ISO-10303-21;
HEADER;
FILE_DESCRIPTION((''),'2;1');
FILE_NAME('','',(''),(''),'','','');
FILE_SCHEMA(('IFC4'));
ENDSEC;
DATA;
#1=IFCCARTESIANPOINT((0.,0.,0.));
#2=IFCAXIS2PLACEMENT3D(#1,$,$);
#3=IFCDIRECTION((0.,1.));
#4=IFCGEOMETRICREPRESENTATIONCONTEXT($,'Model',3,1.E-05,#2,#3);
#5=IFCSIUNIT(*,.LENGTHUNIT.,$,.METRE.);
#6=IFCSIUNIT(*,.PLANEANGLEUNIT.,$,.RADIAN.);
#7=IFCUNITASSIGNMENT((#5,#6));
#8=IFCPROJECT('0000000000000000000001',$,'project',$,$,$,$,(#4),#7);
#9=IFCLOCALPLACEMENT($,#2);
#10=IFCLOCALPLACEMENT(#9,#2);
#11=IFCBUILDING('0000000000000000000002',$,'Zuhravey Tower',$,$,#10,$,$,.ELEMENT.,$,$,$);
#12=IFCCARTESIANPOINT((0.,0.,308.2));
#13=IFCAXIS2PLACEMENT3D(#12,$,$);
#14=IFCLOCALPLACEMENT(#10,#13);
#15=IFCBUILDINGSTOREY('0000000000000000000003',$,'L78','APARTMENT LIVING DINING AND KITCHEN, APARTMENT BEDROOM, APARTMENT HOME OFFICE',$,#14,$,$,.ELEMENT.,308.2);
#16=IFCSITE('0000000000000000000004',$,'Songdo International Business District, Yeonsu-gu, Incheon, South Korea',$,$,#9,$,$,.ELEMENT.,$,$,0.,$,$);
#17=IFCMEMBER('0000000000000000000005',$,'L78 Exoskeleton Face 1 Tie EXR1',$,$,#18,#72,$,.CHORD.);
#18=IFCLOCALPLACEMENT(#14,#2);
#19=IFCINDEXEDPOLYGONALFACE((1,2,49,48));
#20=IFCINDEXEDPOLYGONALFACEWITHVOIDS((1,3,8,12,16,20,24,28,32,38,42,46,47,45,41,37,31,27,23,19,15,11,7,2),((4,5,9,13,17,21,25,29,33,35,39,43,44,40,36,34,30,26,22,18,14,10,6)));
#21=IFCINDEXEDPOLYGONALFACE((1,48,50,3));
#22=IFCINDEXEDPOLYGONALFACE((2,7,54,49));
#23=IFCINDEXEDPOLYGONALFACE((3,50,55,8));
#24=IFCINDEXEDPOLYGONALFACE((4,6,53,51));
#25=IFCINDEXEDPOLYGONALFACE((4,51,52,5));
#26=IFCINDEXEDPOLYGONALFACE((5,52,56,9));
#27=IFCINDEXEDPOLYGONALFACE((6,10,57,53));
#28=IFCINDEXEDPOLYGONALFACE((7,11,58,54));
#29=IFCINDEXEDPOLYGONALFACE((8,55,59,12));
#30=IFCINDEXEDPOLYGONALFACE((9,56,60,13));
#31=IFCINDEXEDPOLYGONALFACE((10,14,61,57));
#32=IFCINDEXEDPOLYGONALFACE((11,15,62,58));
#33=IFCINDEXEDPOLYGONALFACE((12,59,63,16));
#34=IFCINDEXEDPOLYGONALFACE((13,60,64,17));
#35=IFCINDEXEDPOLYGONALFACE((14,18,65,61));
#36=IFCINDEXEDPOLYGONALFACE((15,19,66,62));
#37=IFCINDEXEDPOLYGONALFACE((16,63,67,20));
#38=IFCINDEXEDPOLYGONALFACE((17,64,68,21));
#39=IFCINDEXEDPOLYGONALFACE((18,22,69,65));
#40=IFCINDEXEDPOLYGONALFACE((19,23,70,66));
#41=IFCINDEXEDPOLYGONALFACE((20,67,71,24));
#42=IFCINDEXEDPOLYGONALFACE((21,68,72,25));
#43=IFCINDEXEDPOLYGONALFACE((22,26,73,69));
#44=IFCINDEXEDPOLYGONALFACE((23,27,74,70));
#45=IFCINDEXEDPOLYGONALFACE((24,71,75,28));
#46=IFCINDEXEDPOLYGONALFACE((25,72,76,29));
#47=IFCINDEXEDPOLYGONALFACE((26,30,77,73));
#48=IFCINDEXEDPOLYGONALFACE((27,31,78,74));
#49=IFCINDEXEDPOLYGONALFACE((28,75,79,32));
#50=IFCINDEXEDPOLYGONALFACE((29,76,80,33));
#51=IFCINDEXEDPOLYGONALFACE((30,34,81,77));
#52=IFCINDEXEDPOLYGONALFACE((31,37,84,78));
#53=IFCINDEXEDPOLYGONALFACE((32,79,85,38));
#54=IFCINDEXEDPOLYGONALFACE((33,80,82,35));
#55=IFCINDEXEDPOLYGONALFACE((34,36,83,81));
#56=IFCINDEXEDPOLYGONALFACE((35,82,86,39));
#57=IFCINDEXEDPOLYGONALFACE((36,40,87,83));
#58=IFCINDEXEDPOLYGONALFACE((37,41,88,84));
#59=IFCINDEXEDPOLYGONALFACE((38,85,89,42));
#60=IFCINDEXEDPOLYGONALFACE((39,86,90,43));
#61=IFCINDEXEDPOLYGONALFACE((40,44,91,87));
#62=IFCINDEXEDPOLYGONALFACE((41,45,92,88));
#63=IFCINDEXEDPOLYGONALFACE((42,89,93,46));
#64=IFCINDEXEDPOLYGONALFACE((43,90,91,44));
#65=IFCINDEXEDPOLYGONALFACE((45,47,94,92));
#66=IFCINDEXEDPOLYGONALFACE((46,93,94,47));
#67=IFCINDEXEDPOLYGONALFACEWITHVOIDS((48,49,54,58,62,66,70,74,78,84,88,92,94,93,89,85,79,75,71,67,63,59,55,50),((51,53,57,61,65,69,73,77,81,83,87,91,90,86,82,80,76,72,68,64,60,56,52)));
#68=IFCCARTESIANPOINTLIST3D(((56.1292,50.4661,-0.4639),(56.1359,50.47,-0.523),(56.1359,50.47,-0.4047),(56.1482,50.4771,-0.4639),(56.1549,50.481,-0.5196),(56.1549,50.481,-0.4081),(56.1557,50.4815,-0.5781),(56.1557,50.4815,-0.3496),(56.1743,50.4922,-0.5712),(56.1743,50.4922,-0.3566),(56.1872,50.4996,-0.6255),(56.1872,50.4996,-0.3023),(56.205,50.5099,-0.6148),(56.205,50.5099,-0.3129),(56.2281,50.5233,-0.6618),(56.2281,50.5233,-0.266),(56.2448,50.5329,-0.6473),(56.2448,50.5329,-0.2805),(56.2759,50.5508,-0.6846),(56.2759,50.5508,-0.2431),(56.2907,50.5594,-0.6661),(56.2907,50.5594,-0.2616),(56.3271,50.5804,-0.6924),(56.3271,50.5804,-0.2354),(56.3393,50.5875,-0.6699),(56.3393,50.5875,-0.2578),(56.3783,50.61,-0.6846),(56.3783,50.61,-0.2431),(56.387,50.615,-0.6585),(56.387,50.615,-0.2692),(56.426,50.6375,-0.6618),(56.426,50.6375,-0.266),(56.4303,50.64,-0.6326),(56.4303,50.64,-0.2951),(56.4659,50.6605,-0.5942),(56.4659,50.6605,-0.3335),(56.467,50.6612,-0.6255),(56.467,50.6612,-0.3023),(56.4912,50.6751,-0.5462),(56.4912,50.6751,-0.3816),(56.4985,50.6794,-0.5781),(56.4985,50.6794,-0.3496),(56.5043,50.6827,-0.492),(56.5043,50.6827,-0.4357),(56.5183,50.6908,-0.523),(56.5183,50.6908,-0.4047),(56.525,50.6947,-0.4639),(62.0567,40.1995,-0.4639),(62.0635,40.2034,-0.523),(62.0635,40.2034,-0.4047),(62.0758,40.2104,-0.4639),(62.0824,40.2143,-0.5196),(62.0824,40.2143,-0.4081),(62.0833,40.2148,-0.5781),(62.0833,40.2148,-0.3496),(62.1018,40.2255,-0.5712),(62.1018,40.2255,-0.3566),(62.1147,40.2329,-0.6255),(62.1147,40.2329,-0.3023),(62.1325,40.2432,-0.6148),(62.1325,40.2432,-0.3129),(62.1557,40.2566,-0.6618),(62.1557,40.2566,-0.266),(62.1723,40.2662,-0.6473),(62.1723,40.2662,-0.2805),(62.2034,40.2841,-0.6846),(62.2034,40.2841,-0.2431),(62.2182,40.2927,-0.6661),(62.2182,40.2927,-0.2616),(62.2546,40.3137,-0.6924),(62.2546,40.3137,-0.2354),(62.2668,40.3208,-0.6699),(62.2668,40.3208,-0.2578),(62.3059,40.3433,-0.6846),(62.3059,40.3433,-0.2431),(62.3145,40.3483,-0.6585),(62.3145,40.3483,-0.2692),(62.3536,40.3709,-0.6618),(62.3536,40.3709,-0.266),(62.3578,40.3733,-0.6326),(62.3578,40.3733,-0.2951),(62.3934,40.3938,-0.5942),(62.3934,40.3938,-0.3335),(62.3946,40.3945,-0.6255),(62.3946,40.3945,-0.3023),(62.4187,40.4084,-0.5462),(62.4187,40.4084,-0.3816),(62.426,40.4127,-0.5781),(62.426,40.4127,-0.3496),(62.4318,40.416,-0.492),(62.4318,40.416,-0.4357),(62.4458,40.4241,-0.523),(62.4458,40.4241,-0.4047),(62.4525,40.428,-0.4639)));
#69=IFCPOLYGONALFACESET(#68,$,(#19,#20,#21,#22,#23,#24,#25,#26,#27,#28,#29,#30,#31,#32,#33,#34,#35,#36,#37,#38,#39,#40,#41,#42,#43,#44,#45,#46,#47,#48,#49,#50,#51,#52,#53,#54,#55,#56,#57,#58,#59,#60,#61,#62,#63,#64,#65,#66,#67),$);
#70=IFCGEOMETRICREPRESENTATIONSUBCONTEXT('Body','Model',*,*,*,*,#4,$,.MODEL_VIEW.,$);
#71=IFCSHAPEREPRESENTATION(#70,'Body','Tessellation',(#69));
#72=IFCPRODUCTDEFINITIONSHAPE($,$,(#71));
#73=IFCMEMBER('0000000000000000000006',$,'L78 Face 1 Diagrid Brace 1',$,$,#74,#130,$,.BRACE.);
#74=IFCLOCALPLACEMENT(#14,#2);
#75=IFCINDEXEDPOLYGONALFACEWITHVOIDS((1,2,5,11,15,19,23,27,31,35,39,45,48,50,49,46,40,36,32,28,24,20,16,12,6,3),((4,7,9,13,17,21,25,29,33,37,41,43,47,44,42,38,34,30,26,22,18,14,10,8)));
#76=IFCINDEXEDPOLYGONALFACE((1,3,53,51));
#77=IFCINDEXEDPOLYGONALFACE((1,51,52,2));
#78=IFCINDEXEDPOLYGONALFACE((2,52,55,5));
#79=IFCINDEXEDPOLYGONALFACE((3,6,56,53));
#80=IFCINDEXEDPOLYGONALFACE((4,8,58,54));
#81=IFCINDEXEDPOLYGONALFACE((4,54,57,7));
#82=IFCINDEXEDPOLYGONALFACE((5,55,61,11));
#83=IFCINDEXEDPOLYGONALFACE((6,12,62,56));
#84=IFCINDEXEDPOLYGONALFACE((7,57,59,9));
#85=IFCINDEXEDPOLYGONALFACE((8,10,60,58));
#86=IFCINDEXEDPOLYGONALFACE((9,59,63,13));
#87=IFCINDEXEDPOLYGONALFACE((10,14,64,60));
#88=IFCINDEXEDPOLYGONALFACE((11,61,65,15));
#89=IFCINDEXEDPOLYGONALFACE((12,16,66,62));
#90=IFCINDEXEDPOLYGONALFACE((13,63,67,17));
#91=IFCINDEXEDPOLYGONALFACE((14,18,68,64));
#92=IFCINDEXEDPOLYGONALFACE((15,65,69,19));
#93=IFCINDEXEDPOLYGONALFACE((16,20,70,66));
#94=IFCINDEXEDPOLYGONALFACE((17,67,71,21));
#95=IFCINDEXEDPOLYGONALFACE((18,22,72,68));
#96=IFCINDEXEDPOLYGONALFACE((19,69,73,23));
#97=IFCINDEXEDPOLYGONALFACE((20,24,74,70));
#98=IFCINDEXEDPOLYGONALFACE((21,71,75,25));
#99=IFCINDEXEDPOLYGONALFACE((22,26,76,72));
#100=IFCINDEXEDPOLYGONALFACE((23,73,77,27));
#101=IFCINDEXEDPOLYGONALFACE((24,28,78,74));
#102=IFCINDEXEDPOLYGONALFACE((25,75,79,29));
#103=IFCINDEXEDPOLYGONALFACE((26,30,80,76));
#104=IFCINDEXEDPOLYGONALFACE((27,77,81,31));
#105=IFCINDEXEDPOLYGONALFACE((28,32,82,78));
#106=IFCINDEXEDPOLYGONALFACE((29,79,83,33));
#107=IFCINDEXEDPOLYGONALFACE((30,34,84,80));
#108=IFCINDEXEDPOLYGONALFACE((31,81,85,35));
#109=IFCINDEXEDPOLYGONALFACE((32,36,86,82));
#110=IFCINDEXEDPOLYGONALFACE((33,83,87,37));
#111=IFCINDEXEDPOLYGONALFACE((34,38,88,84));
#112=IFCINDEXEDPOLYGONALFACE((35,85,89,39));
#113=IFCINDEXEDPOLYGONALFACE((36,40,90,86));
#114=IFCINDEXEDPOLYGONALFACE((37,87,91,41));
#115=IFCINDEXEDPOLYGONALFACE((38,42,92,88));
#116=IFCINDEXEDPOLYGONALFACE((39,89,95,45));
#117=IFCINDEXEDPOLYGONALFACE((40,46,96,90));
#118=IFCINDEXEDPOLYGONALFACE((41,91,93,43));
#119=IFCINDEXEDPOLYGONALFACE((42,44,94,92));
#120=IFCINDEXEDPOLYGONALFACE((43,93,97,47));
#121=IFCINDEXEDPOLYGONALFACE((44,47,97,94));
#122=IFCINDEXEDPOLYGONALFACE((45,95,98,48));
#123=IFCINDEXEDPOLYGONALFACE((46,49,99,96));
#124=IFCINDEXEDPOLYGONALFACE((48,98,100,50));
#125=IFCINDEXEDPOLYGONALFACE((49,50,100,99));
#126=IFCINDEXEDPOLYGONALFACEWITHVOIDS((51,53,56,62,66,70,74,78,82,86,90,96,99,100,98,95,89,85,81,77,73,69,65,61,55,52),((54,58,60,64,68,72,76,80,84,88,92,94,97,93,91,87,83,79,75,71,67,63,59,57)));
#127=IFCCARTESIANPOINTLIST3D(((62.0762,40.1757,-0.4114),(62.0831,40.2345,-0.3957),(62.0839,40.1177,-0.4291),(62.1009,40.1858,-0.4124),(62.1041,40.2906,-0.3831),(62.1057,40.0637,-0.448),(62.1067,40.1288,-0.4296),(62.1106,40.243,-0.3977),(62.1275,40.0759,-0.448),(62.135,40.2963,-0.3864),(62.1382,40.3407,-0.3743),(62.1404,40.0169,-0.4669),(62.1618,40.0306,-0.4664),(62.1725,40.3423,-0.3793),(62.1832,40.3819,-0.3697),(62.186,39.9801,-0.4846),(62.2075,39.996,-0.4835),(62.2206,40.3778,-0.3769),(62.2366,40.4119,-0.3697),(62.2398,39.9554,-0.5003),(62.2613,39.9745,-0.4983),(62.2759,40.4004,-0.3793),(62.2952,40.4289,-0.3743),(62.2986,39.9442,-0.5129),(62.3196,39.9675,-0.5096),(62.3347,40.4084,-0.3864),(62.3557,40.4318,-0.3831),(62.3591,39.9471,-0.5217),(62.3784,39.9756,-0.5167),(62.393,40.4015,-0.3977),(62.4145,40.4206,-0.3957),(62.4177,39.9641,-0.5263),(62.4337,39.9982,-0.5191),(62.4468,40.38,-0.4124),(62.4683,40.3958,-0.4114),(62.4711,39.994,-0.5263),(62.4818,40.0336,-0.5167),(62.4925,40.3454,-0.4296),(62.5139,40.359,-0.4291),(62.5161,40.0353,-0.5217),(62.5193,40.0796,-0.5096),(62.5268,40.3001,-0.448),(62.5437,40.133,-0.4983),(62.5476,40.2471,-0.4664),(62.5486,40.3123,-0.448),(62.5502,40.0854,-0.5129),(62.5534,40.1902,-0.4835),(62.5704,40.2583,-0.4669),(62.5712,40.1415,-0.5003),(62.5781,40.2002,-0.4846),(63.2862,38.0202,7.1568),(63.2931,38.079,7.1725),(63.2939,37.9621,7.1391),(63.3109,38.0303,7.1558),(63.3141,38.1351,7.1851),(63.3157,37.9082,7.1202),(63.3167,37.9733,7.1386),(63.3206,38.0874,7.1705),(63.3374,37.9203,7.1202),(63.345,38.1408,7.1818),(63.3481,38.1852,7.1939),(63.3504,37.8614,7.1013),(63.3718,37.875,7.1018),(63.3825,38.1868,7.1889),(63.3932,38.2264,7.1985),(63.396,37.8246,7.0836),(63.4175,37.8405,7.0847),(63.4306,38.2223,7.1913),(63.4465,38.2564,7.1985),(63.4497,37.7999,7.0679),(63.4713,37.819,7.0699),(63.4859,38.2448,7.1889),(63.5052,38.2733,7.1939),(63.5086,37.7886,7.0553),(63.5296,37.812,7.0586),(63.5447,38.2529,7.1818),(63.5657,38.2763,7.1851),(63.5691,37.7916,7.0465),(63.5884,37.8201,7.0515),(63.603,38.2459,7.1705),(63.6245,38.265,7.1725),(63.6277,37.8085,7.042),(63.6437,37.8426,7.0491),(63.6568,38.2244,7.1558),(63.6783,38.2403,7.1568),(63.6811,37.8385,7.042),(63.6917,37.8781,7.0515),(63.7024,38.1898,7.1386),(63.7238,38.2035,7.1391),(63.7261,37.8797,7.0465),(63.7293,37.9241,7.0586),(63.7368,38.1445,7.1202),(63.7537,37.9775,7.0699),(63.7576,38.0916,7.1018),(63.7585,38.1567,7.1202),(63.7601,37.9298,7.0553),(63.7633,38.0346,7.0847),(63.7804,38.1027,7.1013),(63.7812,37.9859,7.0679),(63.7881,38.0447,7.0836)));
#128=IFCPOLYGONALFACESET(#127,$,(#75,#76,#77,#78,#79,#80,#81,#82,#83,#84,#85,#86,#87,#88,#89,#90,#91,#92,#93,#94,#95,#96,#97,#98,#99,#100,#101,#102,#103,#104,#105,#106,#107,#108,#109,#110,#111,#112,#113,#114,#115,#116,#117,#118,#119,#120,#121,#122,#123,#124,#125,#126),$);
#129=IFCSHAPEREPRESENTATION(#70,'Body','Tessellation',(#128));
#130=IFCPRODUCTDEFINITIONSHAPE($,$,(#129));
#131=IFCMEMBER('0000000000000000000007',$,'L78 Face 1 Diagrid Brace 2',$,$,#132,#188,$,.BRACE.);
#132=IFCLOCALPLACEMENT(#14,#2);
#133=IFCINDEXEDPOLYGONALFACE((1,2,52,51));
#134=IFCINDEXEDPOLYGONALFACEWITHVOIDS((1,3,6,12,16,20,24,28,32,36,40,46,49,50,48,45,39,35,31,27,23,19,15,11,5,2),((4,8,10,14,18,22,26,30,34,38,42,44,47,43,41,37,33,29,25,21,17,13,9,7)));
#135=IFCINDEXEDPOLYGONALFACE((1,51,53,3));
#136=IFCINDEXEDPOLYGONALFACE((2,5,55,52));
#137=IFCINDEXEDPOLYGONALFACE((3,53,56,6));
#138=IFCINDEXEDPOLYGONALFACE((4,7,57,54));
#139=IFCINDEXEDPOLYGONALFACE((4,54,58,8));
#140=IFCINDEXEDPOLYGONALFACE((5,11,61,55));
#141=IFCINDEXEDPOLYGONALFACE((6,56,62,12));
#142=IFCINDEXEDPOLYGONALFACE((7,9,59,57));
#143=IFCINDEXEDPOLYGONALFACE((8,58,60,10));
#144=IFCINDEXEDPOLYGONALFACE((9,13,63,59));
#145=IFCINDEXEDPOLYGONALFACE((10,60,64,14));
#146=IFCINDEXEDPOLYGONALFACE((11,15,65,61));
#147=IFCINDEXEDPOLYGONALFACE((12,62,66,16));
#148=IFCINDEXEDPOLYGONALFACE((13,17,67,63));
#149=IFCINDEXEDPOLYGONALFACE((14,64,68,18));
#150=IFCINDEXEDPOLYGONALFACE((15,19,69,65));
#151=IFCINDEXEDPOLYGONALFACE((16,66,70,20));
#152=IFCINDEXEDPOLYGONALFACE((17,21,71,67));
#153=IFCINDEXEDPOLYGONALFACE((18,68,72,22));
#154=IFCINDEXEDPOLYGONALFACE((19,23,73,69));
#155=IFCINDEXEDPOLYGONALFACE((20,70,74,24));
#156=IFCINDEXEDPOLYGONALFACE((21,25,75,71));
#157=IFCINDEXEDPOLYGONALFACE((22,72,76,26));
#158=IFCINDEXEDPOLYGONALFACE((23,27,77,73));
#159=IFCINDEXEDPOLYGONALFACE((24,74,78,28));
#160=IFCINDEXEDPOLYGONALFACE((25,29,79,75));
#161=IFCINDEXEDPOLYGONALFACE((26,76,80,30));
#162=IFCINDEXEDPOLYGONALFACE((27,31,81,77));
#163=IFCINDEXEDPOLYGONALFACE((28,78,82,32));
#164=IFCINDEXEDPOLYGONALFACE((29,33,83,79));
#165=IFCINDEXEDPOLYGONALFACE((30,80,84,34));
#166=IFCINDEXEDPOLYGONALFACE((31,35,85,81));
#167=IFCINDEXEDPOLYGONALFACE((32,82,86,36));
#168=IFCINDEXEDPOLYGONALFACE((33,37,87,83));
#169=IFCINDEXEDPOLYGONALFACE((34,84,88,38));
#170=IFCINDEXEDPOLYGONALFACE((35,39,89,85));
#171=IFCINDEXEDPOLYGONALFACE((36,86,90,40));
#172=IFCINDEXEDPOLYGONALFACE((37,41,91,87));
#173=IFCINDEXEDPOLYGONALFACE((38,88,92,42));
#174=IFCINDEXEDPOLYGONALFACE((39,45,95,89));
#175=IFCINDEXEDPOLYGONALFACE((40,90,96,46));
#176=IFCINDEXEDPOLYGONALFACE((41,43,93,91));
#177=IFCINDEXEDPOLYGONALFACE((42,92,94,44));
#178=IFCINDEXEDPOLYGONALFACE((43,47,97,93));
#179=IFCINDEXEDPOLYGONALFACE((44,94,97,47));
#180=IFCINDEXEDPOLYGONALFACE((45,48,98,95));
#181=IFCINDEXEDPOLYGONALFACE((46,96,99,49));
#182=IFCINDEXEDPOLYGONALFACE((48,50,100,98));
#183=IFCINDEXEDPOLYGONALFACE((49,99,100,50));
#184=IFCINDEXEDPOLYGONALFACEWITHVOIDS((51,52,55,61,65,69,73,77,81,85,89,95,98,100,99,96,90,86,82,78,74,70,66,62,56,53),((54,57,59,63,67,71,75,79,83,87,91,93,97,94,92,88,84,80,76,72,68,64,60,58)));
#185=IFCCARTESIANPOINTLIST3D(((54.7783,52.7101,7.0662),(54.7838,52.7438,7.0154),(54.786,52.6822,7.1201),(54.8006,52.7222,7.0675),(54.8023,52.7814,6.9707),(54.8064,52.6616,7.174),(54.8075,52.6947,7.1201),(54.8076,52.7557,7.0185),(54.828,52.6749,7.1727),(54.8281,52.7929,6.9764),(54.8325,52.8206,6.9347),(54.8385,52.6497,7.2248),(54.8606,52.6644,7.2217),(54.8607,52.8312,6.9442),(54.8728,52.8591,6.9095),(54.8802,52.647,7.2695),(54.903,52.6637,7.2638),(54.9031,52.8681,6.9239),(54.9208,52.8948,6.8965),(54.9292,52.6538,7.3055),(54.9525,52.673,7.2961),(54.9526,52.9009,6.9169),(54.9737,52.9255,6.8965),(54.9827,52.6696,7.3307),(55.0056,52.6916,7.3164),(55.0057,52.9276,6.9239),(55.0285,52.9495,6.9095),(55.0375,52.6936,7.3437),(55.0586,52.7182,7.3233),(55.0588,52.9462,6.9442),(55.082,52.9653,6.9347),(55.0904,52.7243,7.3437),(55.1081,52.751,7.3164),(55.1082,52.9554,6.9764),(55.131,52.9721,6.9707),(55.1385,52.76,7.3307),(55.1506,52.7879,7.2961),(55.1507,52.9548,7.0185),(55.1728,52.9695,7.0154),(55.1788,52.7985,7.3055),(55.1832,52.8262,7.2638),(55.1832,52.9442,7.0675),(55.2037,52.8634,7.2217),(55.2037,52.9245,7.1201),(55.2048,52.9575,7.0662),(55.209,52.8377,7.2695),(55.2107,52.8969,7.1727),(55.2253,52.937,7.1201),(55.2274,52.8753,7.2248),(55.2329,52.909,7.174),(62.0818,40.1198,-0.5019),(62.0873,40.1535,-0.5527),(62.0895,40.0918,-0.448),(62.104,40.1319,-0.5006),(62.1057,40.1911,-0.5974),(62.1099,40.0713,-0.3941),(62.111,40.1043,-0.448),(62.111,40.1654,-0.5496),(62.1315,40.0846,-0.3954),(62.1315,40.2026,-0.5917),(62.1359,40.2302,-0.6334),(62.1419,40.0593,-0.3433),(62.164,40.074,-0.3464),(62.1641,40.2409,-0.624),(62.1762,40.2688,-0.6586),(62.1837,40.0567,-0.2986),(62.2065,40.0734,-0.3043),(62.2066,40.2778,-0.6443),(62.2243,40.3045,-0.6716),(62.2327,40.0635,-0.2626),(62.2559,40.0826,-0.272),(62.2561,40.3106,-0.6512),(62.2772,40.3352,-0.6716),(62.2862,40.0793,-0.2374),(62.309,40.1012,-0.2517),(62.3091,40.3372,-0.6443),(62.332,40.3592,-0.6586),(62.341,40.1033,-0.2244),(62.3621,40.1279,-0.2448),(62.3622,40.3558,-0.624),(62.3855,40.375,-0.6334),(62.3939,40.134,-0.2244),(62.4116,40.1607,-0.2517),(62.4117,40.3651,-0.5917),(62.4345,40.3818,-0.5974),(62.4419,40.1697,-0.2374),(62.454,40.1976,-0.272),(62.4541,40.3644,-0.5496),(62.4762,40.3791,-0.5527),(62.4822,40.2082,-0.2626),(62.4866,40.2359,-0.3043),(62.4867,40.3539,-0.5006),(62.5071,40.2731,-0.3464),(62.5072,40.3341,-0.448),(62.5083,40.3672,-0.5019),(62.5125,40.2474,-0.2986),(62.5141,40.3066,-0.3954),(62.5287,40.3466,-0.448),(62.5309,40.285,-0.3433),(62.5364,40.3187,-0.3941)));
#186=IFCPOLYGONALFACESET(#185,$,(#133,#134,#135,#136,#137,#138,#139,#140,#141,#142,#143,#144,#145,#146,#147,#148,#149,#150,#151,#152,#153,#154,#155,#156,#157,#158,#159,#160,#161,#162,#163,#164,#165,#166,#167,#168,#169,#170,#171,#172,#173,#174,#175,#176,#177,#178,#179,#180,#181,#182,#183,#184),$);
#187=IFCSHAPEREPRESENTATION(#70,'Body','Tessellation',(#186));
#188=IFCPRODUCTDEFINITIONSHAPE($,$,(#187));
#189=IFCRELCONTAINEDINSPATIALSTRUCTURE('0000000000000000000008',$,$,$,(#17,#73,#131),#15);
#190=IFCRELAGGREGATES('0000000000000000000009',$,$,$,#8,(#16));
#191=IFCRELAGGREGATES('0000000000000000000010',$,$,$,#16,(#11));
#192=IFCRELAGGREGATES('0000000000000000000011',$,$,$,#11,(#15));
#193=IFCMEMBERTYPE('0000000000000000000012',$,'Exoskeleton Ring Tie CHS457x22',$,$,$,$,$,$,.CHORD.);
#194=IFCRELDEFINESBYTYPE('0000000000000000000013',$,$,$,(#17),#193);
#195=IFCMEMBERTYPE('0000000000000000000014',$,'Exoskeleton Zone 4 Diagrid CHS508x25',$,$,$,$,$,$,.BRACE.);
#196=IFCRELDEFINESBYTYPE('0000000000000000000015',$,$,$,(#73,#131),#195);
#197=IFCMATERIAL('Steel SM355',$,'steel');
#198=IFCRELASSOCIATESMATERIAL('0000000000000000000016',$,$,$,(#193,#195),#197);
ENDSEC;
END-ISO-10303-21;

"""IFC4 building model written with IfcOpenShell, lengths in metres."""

from ifc_helpers import new_model, si_unit, direction, frame, origin, origin_2d, place, context, subcontext, project, spatial, hollow_circle, extrude, material, material_profile, profile_set, type_object, element, save


model = new_model("IFC4")

# Units and contexts
model_context = context("Model", 3, precision=1e-05, world=origin(), true_north=direction((0.0, 1.0)))
body_context = subcontext(model_context, "Body", "Model", "MODEL_VIEW")
ifc_project = project(units=[si_unit("LENGTHUNIT", "METRE"), si_unit("PLANEANGLEUNIT", "RADIAN")], contexts=[model_context])

# Site, building, storey
site_placement = place(None, origin())
site = spatial("IfcSite", under=ifc_project, at=site_placement, Name="Songdo International Business District, Yeonsu-gu, Incheon, South Korea", CompositionType="ELEMENT", RefElevation=0.0)
building_placement = place(site_placement, origin())
building = spatial("IfcBuilding", under=site, at=building_placement, Name="Zuhravey Tower", CompositionType="ELEMENT")
storey_placement = place(building_placement, frame((0.0, 0.0, 308.2)))
storey = spatial("IfcBuildingStorey", under=building, at=storey_placement, Name="L78", Description="APARTMENT LIVING DINING AND KITCHEN, APARTMENT BEDROOM, APARTMENT HOME OFFICE", CompositionType="ELEMENT", Elevation=308.2)

# Members
ifc_material_1 = material(Name="Steel SM355", Category="steel")
ifc_material_profile_1 = material_profile(ifc_material_1, hollow_circle(Radius=0.2285, WallThickness=0.022, at=origin_2d()), Name="CHS-457.2x22")
ifc_profile_set_1 = profile_set([ifc_material_profile_1], Name="Steel SM355")
member_type_1 = type_object("IfcMemberType", Name="Exoskeleton Ring Tie CHS457x22", PredefinedType="CHORD", material=ifc_profile_set_1)
member_1_placement = place(storey_placement, frame((62.2546, 40.3137, -0.4639), z_axis=(-0.500004, 0.866023, 0.0), x_axis=(-0.866023, -0.500004, 0.0)))
element("IfcMember", 1, at=member_1_placement, inside=storey, type_object=member_type_1, Name="L78 Exoskeleton Face 1 Tie EXR1", PredefinedType="CHORD", context=body_context, shape_type="SweptSolid", body=[
    extrude(hollow_circle(Radius=0.2285, WallThickness=0.022, at=origin_2d()), origin(), (0.0, 0.0, 1.0), 11.855),
])
ifc_material_profile_2 = material_profile(ifc_material_1, hollow_circle(Radius=0.2539, WallThickness=0.0249, at=origin_2d()), Name="CHS-508.0x25")
ifc_profile_set_2 = profile_set([ifc_material_profile_2], Name="Steel SM355")
member_type_2 = type_object("IfcMemberType", Name="Exoskeleton Zone 4 Diagrid CHS508x25", PredefinedType="BRACE", material=ifc_profile_set_2)
member_2_placement = place(storey_placement, frame((62.3271, 40.188, -0.448), z_axis=(0.151975, -0.27074, 0.950581), x_axis=(0.87201, 0.489487, 0.0)))
element("IfcMember", 2, at=member_2_placement, inside=storey, type_object=member_type_2, Name="L78 Face 1 Diagrid Brace 1", PredefinedType="BRACE", context=body_context, shape_type="SweptSolid", body=[
    extrude(hollow_circle(Radius=0.2539, WallThickness=0.0249, at=origin_2d()), origin(), (0.0, 0.0, 1.0), 7.9617),
])
member_3_placement = place(storey_placement, frame((62.3091, 40.2192, -0.448), z_axis=(-0.44519, 0.767456, 0.461322), x_axis=(-0.864999, -0.501773, 0.0)))
element("IfcMember", 3, at=member_3_placement, inside=storey, type_object=member_type_2, Name="L78 Face 1 Diagrid Brace 2", PredefinedType="BRACE", context=body_context, shape_type="SweptSolid", body=[
    extrude(hollow_circle(Radius=0.2539, WallThickness=0.0249, at=origin_2d()), origin(), (0.0, 0.0, 1.0), 16.4053),
])

save(model, "model.ifc")
